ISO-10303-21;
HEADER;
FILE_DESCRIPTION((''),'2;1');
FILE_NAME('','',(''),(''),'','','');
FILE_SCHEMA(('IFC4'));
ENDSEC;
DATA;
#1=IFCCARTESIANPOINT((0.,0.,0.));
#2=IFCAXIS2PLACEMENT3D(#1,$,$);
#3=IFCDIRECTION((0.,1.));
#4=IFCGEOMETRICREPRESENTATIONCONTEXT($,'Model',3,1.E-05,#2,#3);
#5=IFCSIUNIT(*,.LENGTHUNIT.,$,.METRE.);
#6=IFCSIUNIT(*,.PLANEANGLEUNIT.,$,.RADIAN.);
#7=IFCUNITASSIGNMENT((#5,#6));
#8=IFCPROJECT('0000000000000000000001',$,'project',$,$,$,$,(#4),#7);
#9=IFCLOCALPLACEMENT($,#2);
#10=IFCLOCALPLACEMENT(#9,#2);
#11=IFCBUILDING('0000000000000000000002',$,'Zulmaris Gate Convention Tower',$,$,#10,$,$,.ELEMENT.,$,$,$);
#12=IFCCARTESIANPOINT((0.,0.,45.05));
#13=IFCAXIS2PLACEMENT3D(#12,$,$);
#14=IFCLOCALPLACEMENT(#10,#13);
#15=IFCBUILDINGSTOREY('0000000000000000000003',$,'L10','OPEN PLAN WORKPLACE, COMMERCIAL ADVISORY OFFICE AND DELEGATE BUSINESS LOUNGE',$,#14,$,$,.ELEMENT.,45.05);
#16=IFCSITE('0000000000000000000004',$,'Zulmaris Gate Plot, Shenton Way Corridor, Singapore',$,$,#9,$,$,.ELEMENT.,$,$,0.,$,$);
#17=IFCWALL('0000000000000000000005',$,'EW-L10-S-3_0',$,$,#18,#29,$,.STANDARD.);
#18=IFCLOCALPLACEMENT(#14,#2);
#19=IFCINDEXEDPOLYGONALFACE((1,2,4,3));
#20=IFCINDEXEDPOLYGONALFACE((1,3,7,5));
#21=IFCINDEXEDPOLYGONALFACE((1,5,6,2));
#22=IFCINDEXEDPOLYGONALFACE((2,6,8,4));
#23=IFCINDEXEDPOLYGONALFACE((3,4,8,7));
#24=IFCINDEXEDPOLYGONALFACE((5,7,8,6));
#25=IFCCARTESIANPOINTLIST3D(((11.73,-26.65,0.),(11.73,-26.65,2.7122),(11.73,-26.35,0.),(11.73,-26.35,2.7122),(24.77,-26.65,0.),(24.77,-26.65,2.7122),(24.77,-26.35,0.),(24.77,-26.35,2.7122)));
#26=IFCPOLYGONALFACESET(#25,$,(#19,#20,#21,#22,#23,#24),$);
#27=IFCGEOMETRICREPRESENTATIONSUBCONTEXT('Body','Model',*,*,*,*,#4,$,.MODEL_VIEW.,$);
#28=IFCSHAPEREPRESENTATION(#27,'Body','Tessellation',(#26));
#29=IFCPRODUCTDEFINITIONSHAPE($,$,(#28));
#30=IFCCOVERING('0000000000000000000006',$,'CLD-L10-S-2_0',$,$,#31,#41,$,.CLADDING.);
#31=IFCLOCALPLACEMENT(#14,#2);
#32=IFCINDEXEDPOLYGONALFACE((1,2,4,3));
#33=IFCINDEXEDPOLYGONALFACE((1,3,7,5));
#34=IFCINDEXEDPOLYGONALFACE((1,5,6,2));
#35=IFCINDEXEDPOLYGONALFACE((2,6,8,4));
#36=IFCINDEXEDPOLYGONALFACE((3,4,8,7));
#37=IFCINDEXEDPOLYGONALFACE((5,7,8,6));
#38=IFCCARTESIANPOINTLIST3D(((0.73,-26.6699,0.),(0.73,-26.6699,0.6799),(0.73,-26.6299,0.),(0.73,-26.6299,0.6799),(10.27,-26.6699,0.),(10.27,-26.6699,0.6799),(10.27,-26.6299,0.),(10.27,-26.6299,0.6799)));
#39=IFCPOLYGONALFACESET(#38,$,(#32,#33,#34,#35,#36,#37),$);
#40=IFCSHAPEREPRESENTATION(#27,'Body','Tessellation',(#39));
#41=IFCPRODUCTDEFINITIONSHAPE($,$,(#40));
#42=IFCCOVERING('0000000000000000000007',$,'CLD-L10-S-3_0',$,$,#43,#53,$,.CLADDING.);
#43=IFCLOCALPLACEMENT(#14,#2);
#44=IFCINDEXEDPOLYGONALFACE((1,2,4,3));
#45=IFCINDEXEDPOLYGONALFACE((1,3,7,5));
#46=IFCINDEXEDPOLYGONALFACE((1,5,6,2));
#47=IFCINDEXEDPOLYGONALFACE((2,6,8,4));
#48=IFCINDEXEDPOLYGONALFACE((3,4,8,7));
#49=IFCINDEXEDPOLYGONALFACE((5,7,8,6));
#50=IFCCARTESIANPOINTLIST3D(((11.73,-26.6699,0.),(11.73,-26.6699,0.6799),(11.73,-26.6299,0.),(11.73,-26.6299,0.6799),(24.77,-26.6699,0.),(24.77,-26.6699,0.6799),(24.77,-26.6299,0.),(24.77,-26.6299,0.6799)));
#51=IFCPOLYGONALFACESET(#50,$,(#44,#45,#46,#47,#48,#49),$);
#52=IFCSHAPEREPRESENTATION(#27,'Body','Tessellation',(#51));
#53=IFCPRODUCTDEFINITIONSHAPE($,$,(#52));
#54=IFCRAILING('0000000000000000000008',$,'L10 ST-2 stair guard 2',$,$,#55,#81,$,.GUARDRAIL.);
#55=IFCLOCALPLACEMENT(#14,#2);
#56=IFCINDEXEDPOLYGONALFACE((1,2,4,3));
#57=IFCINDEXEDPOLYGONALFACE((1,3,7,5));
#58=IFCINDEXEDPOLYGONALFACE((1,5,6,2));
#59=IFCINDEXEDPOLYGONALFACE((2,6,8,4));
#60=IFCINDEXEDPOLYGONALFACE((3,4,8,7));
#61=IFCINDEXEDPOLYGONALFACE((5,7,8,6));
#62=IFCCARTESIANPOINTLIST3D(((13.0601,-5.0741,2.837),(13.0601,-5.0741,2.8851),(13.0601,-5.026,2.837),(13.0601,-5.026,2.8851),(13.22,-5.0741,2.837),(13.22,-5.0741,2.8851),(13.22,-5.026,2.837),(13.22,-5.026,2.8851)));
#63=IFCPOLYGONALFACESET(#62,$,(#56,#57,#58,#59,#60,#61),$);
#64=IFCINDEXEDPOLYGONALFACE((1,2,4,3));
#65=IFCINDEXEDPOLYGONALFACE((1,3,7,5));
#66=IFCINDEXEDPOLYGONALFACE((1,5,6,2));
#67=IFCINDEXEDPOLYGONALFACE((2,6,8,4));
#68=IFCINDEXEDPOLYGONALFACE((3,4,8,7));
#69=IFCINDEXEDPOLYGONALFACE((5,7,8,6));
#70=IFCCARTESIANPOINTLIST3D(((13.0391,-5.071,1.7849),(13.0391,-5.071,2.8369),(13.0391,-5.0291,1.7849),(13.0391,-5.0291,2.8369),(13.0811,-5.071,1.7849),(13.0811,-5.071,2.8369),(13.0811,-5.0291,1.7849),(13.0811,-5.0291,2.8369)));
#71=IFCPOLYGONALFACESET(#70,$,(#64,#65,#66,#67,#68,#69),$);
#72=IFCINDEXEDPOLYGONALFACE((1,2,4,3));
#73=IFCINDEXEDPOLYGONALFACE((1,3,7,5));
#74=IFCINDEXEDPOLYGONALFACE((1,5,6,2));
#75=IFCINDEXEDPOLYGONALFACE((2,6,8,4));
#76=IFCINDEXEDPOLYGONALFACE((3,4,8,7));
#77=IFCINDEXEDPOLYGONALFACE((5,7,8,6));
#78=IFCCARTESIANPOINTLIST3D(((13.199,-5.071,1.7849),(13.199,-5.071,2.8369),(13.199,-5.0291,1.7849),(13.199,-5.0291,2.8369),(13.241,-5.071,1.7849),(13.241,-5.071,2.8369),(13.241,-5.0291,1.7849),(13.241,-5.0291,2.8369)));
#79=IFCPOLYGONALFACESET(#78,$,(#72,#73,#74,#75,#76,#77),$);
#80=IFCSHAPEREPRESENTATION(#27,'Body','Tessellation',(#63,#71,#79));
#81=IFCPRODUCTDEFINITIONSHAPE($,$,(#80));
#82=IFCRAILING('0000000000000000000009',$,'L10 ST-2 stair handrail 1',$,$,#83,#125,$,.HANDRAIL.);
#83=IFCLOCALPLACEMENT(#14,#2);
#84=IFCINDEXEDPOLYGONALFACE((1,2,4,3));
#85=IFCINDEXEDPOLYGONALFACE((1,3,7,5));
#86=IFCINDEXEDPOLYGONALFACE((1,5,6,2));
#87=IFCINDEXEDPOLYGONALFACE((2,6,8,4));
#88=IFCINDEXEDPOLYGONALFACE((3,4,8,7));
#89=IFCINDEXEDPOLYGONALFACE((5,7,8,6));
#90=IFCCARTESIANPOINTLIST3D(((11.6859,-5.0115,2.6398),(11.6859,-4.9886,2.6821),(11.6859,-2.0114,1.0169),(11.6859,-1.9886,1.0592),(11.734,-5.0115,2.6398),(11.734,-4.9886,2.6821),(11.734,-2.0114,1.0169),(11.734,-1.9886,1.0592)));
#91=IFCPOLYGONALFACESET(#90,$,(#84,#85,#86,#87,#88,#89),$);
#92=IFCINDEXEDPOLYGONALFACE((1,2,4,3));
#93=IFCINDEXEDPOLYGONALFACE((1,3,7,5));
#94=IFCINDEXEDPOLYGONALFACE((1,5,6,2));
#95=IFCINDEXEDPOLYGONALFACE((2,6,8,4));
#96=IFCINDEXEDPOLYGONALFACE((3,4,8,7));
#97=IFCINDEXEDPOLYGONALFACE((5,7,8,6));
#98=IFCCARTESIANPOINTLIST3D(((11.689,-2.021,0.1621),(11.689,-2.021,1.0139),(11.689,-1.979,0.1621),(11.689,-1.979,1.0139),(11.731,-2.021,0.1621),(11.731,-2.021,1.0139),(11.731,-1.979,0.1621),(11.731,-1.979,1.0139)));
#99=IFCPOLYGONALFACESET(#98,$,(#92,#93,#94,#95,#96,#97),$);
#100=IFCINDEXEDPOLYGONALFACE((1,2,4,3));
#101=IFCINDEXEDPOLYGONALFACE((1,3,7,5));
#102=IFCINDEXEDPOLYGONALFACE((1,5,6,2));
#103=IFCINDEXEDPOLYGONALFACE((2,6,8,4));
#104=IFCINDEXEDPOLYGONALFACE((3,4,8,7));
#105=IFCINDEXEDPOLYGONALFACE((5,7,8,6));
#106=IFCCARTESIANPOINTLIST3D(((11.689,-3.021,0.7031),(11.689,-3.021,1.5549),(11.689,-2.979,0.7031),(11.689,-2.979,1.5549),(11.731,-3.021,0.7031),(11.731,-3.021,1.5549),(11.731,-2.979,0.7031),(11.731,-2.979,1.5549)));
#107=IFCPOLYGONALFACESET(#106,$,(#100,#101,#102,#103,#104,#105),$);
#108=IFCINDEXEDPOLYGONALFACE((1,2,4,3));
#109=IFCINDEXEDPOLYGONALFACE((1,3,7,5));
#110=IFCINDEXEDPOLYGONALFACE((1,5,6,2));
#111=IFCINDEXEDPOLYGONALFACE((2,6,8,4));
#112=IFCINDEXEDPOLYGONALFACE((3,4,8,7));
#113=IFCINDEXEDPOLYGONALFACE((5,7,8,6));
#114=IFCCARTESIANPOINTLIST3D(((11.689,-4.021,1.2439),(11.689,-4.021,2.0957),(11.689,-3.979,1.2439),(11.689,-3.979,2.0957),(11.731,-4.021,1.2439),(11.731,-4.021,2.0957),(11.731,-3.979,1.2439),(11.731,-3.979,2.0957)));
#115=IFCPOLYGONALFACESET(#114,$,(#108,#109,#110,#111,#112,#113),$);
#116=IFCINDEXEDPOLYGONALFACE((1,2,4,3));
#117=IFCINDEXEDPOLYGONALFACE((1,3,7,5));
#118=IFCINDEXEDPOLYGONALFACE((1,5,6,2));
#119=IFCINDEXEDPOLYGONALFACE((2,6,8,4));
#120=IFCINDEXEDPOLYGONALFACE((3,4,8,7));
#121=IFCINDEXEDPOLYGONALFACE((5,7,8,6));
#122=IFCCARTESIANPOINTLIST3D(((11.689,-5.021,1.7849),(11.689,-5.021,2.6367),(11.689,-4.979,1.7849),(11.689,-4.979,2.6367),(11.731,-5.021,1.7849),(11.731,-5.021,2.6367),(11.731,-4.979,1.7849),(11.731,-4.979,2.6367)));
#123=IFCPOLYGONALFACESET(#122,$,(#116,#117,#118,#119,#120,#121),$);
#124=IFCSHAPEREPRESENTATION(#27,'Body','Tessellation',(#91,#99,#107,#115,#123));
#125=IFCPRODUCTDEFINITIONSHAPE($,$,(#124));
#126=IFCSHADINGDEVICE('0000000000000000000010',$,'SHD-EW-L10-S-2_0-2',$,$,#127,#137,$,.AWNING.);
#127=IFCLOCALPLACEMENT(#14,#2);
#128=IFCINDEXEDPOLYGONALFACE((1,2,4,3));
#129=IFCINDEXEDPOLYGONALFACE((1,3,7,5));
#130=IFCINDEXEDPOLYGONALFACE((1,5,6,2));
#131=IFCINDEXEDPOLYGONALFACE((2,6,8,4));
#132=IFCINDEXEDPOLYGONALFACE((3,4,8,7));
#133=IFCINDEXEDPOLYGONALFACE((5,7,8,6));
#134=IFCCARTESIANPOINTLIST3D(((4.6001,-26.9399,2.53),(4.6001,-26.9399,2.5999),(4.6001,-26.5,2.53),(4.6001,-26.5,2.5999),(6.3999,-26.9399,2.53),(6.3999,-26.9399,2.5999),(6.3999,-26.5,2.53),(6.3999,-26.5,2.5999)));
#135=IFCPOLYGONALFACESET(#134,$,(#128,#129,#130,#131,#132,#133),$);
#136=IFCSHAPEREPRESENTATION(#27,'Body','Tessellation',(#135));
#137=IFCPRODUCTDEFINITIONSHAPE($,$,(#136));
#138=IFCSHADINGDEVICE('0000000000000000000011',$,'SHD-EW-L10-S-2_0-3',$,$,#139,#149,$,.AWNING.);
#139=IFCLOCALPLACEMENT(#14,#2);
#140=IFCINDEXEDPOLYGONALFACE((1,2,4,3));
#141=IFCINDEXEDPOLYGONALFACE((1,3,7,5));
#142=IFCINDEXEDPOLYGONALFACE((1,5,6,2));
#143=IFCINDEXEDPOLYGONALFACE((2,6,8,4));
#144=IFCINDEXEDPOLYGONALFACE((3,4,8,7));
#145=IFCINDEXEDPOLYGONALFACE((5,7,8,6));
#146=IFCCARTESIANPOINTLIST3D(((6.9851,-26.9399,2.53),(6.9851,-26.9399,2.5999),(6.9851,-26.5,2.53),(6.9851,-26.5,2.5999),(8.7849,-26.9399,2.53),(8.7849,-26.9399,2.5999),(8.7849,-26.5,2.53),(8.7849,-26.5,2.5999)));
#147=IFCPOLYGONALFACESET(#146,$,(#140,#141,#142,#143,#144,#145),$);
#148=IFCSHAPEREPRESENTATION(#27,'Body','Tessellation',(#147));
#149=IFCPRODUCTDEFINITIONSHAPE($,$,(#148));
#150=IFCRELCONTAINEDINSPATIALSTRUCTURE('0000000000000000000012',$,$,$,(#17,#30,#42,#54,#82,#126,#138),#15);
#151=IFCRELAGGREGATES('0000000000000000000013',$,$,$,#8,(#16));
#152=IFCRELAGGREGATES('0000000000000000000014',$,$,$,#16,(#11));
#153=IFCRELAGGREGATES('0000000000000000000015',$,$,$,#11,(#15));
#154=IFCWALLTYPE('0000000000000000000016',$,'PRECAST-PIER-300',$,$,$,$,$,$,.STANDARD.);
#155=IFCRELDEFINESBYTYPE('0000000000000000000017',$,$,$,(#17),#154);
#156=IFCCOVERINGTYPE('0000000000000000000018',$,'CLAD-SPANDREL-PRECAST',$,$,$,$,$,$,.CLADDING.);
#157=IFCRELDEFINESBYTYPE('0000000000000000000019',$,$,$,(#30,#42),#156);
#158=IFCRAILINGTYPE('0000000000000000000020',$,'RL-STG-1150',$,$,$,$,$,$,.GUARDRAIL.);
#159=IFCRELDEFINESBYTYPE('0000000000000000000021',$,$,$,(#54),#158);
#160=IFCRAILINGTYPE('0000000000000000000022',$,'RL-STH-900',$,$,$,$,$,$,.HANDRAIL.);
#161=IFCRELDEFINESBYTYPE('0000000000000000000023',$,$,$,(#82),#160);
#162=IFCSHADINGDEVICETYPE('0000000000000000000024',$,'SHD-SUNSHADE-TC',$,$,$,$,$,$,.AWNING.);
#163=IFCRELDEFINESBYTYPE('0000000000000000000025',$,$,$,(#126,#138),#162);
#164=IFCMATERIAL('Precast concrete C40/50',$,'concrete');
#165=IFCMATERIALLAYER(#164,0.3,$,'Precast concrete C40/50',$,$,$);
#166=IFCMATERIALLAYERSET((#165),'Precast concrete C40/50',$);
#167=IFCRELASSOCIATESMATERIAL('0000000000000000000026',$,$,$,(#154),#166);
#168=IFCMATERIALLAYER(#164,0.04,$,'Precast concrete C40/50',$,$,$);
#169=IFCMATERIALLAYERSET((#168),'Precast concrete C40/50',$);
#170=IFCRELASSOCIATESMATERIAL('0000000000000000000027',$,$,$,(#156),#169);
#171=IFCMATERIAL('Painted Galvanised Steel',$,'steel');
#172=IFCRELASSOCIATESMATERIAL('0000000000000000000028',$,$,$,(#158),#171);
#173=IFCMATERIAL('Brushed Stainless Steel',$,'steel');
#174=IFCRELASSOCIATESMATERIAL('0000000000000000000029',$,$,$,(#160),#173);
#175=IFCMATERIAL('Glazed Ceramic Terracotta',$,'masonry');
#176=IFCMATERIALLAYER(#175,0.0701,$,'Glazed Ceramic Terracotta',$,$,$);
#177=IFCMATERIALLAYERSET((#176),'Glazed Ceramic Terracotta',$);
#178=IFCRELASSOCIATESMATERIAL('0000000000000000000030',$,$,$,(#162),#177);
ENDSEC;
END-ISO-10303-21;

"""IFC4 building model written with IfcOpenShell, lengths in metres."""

from ifc_helpers import new_model, si_unit, direction, frame, frame_2d, origin, origin_2d, place, context, subcontext, project, spatial, rectangle, extrude, material, layer, layer_set, type_object, element, save


model = new_model("IFC4")

# Units and contexts
model_context = context("Model", 3, precision=1e-05, world=origin(), true_north=direction((0.0, 1.0)))
body_context = subcontext(model_context, "Body", "Model", "MODEL_VIEW")
ifc_project = project(units=[si_unit("LENGTHUNIT", "METRE"), si_unit("PLANEANGLEUNIT", "RADIAN")], contexts=[model_context])

# Site, building, storey
site_placement = place(None, origin())
site = spatial("IfcSite", under=ifc_project, at=site_placement, Name="Zulmaris Gate Plot, Shenton Way Corridor, Singapore", CompositionType="ELEMENT", RefElevation=0.0)
building_placement = place(site_placement, origin())
building = spatial("IfcBuilding", under=site, at=building_placement, Name="Zulmaris Gate Convention Tower", CompositionType="ELEMENT")
storey_placement = place(building_placement, frame((0.0, 0.0, 45.05)))
storey = spatial("IfcBuildingStorey", under=building, at=storey_placement, Name="L10", Description="OPEN PLAN WORKPLACE, COMMERCIAL ADVISORY OFFICE AND DELEGATE BUSINESS LOUNGE", CompositionType="ELEMENT", Elevation=45.05)

# Shared definitions
ifc_material_1 = material(Name="Precast concrete C40/50", Category="concrete")
ifc_layer_1 = layer(ifc_material_1, 0.3, Name="Precast concrete C40/50")
ifc_layer_set_1 = layer_set([ifc_layer_1], Name="Precast concrete C40/50")
wall_type_1 = type_object("IfcWallType", Name="PRECAST-PIER-300", PredefinedType="STANDARD", material=ifc_layer_set_1)

# Wall
wall_1_placement = place(storey_placement, frame((11.73, -26.5, 0.0), z_axis=(0.0, 0.0, 1.0), x_axis=(1.0, 0.0, 0.0)))
element("IfcWall", 1, at=wall_1_placement, inside=storey, type_object=wall_type_1, Name="EW-L10-S-3_0", PredefinedType="STANDARD", context=body_context, shape_type="SweptSolid", body=[
    extrude(rectangle(XDim=13.04, YDim=0.3, at=frame_2d((6.52, 0.0))), origin(), (0.0, 0.0, 1.0), 2.7122),
])

# Coverings
ifc_layer_2 = layer(ifc_material_1, 0.04, Name="Precast concrete C40/50")
ifc_layer_set_2 = layer_set([ifc_layer_2], Name="Precast concrete C40/50")
covering_type = type_object("IfcCoveringType", Name="CLAD-SPANDREL-PRECAST", PredefinedType="CLADDING", material=ifc_layer_set_2)
covering_1_placement = place(storey_placement, frame((0.73, -26.6499, 0.0), z_axis=(0.0, 0.0, 1.0), x_axis=(1.0, 0.0, 0.0)))
element("IfcCovering", 2, at=covering_1_placement, inside=storey, type_object=covering_type, Name="CLD-L10-S-2_0", PredefinedType="CLADDING", context=body_context, shape_type="SweptSolid", body=[
    extrude(rectangle(XDim=9.54, YDim=0.04, at=frame_2d((4.77, 0.0))), origin(), (0.0, 0.0, 1.0), 0.6799),
])
covering_2_placement = place(storey_placement, frame((11.73, -26.6499, 0.0), z_axis=(0.0, 0.0, 1.0), x_axis=(1.0, 0.0, 0.0)))
element("IfcCovering", 3, at=covering_2_placement, inside=storey, type_object=covering_type, Name="CLD-L10-S-3_0", PredefinedType="CLADDING", context=body_context, shape_type="SweptSolid", body=[
    extrude(rectangle(XDim=13.04, YDim=0.04, at=frame_2d((6.52, 0.0))), origin(), (0.0, 0.0, 1.0), 0.6799),
])

# Railings
ifc_material_2 = material(Name="Painted Galvanised Steel", Category="steel")
railing_type_1 = type_object("IfcRailingType", Name="RL-STG-1150", PredefinedType="GUARDRAIL", material=ifc_material_2)
railing_1_placement = place(storey_placement, frame((13.0601, -5.05, 1.7849)))
element("IfcRailing", 4, at=railing_1_placement, inside=storey, type_object=railing_type_1, Name="L10 ST-2 stair guard 2", PredefinedType="GUARDRAIL", context=body_context, shape_type="SweptSolid", body=[
    extrude(rectangle(XDim=0.0481, YDim=0.0481, at=origin_2d()), frame((0.0, 0.0, 1.0762), z_axis=(1.0, 0.0, 0.0), x_axis=(0.0, 1.0, 0.0)), (0.0, 0.0, 1.0), 0.1599),
    extrude(rectangle(XDim=0.042, YDim=0.042, at=origin_2d()), origin(), (0.0, 0.0, 1.0), 1.052),
    extrude(rectangle(XDim=0.042, YDim=0.042, at=origin_2d()), frame((0.1599, 0.0, 0.0)), (0.0, 0.0, 1.0), 1.052),
])
ifc_material_3 = material(Name="Brushed Stainless Steel", Category="steel")
railing_type_2 = type_object("IfcRailingType", Name="RL-STH-900", PredefinedType="HANDRAIL", material=ifc_material_3)
railing_2_placement = place(storey_placement, frame((11.71, -2.0, 0.1621)))
element("IfcRailing", 5, at=railing_2_placement, inside=storey, type_object=railing_type_2, Name="L10 ST-2 stair handrail 1", PredefinedType="HANDRAIL", context=body_context, shape_type="SweptSolid", body=[
    extrude(rectangle(XDim=0.0481, YDim=0.0481, at=origin_2d()), frame((0.0, 0.0, 0.876), z_axis=(0.0, -0.879562, 0.475785), x_axis=(1.0, 0.0, 0.0)), (0.0, 0.0, 1.0), 3.4109),
    extrude(rectangle(XDim=0.042, YDim=0.042, at=origin_2d()), origin(), (0.0, 0.0, 1.0), 0.8518),
    extrude(rectangle(XDim=0.042, YDim=0.042, at=origin_2d()), frame((0.0, -1.0, 0.541)), (0.0, 0.0, 1.0), 0.8518),
    extrude(rectangle(XDim=0.042, YDim=0.042, at=origin_2d()), frame((0.0, -2.0, 1.0818)), (0.0, 0.0, 1.0), 0.8518),
    extrude(rectangle(XDim=0.042, YDim=0.042, at=origin_2d()), frame((0.0, -3.0, 1.6228)), (0.0, 0.0, 1.0), 0.8518),
])

# Shading devices
ifc_material_4 = material(Name="Glazed Ceramic Terracotta", Category="masonry")
ifc_layer_3 = layer(ifc_material_4, 0.0701, Name="Glazed Ceramic Terracotta")
ifc_layer_set_3 = layer_set([ifc_layer_3], Name="Glazed Ceramic Terracotta")
shading_device_type = type_object("IfcShadingDeviceType", Name="SHD-SUNSHADE-TC", PredefinedType="AWNING", material=ifc_layer_set_3)
for number, where, z_axis, x_axis, name in (
    (6, (4.6001, -26.72, 2.53), (0.0, 0.0, 1.0), (1.0, 0.0, 0.0), "SHD-EW-L10-S-2_0-2"),
    (7, (6.9851, -26.72, 2.53), (0.0, 0.0, 1.0), (1.0, 0.0, 0.0), "SHD-EW-L10-S-2_0-3"),
):
    element("IfcShadingDevice", number, at=place(storey_placement, frame(where, z_axis=z_axis, x_axis=x_axis)), inside=storey, type_object=shading_device_type, Name=name, PredefinedType="AWNING", context=body_context, shape_type="SweptSolid", body=[
        extrude(rectangle(XDim=1.7998, YDim=0.4399, at=frame_2d((0.8999, 0.0))), origin(), (0.0, 0.0, 1.0), 0.0698),
    ])

save(model, "model.ifc")
